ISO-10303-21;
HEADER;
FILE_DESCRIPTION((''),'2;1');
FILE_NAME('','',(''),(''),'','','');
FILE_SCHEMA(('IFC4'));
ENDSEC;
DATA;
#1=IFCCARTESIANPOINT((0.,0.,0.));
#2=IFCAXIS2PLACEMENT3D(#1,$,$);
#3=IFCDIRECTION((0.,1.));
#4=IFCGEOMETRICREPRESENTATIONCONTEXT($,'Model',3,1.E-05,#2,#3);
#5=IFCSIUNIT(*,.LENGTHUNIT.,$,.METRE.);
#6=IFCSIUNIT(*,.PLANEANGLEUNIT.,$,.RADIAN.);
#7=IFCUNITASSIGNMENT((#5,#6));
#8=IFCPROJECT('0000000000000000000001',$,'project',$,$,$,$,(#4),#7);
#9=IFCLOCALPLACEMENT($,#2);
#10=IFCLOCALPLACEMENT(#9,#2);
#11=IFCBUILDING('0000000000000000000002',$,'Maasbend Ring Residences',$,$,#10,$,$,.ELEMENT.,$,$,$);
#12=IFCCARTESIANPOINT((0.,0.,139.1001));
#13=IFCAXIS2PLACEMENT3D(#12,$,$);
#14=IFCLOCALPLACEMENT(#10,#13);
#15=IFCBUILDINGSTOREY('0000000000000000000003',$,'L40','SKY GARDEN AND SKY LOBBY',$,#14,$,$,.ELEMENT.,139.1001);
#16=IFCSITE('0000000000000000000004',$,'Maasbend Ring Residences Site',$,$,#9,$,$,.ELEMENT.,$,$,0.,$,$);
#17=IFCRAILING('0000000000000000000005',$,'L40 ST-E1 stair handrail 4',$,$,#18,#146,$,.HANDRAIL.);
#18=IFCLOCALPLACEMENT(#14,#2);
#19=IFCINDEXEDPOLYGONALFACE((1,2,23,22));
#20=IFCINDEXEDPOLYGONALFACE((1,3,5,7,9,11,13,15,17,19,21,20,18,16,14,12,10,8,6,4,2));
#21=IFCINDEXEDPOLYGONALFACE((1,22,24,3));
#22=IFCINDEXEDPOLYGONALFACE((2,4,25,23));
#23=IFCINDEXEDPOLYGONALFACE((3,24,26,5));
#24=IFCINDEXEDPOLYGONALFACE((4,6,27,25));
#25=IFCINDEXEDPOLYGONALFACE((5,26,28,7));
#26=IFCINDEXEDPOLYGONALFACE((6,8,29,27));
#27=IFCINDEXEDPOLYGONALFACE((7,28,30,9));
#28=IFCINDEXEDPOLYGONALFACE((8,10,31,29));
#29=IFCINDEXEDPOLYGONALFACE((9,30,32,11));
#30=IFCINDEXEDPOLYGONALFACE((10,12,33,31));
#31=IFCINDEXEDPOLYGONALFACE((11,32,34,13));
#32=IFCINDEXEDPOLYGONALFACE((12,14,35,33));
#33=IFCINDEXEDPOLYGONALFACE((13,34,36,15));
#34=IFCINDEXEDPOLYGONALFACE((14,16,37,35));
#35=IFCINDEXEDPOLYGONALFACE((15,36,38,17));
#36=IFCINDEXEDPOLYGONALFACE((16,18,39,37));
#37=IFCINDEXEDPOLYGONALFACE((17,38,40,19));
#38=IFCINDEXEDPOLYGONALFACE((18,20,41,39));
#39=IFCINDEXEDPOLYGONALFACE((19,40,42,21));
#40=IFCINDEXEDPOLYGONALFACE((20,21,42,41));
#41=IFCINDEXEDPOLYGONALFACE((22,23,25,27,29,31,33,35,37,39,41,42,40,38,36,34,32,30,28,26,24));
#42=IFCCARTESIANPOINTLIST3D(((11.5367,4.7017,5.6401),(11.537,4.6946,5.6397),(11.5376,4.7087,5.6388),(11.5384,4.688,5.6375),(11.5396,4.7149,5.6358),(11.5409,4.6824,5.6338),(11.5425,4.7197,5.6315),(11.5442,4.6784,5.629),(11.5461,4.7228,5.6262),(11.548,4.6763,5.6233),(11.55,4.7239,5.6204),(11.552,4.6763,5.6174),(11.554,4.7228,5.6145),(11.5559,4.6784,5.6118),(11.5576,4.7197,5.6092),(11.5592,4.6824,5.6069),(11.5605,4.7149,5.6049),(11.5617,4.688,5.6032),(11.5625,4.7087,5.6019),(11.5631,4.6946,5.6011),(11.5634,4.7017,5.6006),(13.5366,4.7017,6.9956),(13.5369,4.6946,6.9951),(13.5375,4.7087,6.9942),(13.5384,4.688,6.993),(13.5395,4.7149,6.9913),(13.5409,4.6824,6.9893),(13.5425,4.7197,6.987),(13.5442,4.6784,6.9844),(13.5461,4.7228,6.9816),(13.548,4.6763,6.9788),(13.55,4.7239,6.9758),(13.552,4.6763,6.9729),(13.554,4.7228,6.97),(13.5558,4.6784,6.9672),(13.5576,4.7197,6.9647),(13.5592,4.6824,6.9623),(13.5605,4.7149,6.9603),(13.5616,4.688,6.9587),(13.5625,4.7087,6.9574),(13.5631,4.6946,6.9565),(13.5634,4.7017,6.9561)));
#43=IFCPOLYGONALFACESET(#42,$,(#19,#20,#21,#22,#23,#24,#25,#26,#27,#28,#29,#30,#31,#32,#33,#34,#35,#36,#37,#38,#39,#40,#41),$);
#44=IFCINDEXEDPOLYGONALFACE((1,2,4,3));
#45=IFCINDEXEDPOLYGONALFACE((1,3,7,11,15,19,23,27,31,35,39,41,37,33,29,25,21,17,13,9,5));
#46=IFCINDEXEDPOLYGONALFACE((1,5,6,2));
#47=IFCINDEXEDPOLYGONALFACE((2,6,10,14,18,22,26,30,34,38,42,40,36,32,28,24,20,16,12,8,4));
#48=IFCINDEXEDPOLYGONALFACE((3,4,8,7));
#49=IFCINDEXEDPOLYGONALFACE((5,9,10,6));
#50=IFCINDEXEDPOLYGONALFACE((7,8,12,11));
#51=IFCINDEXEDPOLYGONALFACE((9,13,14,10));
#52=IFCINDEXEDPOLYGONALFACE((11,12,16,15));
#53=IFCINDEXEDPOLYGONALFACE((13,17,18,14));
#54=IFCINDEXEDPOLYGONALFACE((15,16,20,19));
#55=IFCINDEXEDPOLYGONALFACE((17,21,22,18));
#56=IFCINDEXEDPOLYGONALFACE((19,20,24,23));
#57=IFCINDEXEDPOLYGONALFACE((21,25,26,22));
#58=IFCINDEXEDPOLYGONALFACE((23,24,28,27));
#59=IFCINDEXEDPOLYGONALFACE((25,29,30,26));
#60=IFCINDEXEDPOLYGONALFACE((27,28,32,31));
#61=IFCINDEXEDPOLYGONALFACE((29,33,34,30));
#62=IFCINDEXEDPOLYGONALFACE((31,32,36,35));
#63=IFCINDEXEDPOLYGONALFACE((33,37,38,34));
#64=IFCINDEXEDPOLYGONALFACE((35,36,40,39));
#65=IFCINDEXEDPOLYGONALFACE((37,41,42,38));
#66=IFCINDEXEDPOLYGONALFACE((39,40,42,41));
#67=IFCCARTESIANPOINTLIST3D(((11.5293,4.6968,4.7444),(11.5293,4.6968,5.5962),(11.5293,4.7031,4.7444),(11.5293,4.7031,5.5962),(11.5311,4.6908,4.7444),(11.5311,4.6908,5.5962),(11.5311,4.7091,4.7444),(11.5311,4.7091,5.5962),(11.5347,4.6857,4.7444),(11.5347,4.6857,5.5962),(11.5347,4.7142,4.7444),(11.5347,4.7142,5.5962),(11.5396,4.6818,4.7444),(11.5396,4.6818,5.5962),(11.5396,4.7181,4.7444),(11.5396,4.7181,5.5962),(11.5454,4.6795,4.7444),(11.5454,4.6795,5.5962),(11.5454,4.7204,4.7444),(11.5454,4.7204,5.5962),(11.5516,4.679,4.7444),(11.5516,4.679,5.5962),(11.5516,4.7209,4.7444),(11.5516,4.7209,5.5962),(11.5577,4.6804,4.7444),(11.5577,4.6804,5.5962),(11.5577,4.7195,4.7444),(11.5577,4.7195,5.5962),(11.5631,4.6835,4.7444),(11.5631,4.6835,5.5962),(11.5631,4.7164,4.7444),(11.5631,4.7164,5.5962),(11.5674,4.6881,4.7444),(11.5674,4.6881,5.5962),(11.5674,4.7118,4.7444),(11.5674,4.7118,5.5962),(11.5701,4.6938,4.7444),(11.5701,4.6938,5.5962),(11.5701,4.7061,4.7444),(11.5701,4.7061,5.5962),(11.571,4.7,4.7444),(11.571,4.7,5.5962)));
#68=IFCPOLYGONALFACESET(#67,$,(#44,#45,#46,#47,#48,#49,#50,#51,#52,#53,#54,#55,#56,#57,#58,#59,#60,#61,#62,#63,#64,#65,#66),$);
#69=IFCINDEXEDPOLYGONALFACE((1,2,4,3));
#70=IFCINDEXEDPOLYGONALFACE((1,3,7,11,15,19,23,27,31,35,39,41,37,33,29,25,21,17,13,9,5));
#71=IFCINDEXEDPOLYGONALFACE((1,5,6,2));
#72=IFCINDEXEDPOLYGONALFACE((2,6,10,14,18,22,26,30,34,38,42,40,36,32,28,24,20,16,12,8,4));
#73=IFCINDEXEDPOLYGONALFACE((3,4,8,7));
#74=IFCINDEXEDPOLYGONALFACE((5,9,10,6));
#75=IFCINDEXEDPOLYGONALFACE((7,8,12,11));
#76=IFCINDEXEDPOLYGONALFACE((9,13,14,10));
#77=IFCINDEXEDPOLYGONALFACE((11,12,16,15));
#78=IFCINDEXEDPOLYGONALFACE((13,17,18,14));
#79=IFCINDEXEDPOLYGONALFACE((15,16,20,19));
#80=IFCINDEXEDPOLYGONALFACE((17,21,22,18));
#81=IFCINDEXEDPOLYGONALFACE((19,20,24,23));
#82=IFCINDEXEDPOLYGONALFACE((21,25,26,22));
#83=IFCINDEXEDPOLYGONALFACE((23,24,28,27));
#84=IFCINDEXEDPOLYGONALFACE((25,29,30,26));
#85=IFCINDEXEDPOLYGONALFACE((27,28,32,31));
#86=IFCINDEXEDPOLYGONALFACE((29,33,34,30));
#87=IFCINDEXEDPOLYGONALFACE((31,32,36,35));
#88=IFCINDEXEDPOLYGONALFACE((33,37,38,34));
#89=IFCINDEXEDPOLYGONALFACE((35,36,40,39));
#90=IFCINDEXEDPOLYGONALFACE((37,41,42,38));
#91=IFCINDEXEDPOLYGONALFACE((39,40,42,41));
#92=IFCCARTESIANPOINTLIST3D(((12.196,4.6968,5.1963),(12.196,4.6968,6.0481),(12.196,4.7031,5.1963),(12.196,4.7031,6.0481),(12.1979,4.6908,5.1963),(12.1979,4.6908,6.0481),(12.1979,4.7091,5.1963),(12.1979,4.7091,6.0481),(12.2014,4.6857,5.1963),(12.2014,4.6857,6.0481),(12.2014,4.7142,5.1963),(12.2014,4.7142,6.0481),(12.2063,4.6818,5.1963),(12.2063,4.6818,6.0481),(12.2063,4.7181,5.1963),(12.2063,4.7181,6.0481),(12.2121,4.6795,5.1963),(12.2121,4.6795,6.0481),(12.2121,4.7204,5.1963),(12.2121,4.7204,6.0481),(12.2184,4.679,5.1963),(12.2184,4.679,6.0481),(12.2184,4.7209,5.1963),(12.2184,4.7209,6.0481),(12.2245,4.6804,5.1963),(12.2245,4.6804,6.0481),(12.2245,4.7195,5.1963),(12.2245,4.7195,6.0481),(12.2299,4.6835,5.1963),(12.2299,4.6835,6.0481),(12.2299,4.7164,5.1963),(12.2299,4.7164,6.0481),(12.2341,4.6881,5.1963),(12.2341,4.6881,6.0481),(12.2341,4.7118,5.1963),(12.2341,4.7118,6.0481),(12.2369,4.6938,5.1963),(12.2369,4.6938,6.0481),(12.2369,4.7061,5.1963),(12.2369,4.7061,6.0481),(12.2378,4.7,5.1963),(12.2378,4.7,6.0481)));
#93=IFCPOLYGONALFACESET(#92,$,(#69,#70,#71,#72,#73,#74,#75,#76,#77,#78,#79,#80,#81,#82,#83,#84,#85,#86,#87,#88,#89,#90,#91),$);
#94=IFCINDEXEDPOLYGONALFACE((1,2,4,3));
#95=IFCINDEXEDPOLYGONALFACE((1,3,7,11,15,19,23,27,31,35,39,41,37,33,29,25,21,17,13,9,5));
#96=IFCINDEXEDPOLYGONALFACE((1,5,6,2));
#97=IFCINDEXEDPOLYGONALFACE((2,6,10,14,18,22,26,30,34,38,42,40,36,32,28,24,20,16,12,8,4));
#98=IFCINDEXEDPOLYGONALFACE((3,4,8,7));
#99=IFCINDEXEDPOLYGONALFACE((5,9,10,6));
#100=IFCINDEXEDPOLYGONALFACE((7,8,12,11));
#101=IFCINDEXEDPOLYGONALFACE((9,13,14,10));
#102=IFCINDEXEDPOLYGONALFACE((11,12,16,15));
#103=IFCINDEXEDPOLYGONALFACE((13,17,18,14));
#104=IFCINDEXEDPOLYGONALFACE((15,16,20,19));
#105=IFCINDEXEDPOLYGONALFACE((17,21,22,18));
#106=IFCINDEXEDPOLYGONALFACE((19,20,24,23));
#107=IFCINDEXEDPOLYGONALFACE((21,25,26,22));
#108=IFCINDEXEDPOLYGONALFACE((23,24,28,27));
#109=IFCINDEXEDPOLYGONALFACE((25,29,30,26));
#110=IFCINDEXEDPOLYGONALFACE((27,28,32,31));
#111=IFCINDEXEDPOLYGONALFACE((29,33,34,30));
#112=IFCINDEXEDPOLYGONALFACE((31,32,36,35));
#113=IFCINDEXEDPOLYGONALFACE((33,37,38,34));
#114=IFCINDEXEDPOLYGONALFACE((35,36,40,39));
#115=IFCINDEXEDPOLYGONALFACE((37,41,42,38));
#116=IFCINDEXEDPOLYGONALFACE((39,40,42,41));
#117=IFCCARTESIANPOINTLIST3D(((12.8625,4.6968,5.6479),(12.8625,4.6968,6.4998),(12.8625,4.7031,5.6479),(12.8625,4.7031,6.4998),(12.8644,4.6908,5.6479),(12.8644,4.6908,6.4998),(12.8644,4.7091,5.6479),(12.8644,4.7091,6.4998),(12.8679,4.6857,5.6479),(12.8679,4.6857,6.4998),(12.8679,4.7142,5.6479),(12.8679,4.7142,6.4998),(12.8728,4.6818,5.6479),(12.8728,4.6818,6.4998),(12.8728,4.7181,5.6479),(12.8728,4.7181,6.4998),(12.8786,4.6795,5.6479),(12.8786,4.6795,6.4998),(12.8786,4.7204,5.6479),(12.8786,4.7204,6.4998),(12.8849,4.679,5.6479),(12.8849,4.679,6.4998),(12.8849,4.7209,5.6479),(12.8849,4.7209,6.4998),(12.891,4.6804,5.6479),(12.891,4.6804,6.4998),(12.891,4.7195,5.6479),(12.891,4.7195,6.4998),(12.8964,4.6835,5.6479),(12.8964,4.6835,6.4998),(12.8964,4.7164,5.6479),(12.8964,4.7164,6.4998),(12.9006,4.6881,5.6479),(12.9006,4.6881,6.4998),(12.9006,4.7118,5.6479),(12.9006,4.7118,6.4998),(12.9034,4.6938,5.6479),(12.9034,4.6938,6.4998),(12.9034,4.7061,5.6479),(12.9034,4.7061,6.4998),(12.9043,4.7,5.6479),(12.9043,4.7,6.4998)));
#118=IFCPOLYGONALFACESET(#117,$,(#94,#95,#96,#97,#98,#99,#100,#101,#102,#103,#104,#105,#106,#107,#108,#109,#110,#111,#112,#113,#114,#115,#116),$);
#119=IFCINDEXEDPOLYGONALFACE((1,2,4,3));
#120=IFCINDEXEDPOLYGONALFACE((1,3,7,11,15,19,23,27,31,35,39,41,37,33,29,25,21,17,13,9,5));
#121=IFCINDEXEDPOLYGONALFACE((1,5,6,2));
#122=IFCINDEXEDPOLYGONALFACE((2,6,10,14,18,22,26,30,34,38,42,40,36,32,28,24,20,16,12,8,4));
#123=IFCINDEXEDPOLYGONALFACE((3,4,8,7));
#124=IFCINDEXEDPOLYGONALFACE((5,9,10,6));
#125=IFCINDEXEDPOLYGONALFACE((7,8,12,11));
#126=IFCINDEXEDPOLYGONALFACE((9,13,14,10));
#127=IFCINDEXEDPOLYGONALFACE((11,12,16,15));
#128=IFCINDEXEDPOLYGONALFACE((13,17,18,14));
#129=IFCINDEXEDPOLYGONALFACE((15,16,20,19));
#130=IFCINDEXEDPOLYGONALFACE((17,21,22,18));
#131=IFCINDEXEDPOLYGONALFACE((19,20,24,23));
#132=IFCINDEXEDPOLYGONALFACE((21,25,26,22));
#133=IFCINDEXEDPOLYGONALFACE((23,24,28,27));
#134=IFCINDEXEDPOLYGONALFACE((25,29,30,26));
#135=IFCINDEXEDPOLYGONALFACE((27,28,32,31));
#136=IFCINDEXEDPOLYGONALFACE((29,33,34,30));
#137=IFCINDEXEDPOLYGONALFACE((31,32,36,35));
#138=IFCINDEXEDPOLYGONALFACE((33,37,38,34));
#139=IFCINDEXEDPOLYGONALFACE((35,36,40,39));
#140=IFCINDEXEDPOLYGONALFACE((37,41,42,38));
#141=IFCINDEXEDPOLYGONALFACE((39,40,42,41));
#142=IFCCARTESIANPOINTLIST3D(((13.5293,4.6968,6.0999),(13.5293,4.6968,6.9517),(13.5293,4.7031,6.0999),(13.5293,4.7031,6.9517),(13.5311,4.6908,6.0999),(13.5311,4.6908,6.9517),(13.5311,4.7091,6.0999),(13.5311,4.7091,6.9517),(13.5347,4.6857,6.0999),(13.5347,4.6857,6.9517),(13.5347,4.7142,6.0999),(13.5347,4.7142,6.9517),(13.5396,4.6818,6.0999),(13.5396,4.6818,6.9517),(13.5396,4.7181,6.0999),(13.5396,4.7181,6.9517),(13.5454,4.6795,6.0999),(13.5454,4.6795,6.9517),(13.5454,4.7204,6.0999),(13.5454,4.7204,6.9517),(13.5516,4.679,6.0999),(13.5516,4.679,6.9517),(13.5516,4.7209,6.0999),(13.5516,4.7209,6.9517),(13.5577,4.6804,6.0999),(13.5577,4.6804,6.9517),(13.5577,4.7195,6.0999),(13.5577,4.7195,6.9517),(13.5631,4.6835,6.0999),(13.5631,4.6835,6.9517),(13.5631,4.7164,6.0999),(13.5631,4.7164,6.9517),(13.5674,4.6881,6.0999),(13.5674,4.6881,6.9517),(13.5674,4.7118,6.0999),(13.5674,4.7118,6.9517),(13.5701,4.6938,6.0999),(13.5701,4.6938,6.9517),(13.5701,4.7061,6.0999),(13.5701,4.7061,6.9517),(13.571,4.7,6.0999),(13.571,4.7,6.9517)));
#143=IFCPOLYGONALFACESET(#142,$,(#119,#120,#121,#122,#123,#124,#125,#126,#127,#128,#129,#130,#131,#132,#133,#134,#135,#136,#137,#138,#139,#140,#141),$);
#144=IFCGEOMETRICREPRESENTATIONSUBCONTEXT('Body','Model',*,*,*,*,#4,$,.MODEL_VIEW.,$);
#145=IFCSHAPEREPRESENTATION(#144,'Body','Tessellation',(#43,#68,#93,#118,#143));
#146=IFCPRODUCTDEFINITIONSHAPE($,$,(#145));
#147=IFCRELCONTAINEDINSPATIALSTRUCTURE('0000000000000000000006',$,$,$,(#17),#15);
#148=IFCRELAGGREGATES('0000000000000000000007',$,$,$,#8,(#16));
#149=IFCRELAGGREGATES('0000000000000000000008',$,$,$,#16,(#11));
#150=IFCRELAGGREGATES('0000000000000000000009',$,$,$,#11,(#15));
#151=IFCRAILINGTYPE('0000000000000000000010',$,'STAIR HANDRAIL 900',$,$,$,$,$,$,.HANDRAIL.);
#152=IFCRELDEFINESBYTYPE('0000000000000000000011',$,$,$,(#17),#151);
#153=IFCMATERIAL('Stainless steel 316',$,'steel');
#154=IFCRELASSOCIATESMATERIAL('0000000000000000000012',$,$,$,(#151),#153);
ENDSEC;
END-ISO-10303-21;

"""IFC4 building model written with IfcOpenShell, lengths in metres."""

from ifc_helpers import new_model, si_unit, direction, frame, origin, origin_2d, place, context, subcontext, project, spatial, circle, extrude, material, type_object, element, save


model = new_model("IFC4")

# Units and contexts
model_context = context("Model", 3, precision=1e-05, world=origin(), true_north=direction((0.0, 1.0)))
body_context = subcontext(model_context, "Body", "Model", "MODEL_VIEW")
ifc_project = project(units=[si_unit("LENGTHUNIT", "METRE"), si_unit("PLANEANGLEUNIT", "RADIAN")], contexts=[model_context])

# Site, building, storey
site_placement = place(None, origin())
site = spatial("IfcSite", under=ifc_project, at=site_placement, Name="Maasbend Ring Residences Site", CompositionType="ELEMENT", RefElevation=0.0)
building_placement = place(site_placement, origin())
building = spatial("IfcBuilding", under=site, at=building_placement, Name="Maasbend Ring Residences", CompositionType="ELEMENT")
storey_placement = place(building_placement, frame((0.0, 0.0, 139.1001)))
storey = spatial("IfcBuildingStorey", under=building, at=storey_placement, Name="L40", Description="SKY GARDEN AND SKY LOBBY", CompositionType="ELEMENT", Elevation=139.1001)

# Railing
ifc_material_1 = material(Name="Stainless steel 316", Category="steel")
railing_type_1 = type_object("IfcRailingType", Name="STAIR HANDRAIL 900", PredefinedType="HANDRAIL", material=ifc_material_1)
railing_1_placement = place(storey_placement, frame((11.55, 4.7, 4.7444)))
element("IfcRailing", 1, at=railing_1_placement, inside=storey, type_object=railing_type_1, Name="L40 ST-E1 stair handrail 4", PredefinedType="HANDRAIL", context=body_context, shape_type="SweptSolid", body=[
    extrude(circle(Radius=0.0239, at=origin_2d()), frame((0.0, 0.0, 0.876), z_axis=(0.827798, 0.0, 0.561027), x_axis=(0.0, 1.0, 0.0)), (0.0, 0.0, 1.0), 2.416),
    extrude(circle(Radius=0.021, at=origin_2d()), origin(), (0.0, 0.0, 1.0), 0.8518),
    extrude(circle(Radius=0.021, at=origin_2d()), frame((0.6667, 0.0, 0.4519)), (0.0, 0.0, 1.0), 0.8518),
    extrude(circle(Radius=0.021, at=origin_2d()), frame((1.3333, 0.0, 0.9036)), (0.0, 0.0, 1.0), 0.8518),
    extrude(circle(Radius=0.021, at=origin_2d()), frame((2.0, 0.0, 1.3555)), (0.0, 0.0, 1.0), 0.8518),
])

save(model, "model.ifc")
